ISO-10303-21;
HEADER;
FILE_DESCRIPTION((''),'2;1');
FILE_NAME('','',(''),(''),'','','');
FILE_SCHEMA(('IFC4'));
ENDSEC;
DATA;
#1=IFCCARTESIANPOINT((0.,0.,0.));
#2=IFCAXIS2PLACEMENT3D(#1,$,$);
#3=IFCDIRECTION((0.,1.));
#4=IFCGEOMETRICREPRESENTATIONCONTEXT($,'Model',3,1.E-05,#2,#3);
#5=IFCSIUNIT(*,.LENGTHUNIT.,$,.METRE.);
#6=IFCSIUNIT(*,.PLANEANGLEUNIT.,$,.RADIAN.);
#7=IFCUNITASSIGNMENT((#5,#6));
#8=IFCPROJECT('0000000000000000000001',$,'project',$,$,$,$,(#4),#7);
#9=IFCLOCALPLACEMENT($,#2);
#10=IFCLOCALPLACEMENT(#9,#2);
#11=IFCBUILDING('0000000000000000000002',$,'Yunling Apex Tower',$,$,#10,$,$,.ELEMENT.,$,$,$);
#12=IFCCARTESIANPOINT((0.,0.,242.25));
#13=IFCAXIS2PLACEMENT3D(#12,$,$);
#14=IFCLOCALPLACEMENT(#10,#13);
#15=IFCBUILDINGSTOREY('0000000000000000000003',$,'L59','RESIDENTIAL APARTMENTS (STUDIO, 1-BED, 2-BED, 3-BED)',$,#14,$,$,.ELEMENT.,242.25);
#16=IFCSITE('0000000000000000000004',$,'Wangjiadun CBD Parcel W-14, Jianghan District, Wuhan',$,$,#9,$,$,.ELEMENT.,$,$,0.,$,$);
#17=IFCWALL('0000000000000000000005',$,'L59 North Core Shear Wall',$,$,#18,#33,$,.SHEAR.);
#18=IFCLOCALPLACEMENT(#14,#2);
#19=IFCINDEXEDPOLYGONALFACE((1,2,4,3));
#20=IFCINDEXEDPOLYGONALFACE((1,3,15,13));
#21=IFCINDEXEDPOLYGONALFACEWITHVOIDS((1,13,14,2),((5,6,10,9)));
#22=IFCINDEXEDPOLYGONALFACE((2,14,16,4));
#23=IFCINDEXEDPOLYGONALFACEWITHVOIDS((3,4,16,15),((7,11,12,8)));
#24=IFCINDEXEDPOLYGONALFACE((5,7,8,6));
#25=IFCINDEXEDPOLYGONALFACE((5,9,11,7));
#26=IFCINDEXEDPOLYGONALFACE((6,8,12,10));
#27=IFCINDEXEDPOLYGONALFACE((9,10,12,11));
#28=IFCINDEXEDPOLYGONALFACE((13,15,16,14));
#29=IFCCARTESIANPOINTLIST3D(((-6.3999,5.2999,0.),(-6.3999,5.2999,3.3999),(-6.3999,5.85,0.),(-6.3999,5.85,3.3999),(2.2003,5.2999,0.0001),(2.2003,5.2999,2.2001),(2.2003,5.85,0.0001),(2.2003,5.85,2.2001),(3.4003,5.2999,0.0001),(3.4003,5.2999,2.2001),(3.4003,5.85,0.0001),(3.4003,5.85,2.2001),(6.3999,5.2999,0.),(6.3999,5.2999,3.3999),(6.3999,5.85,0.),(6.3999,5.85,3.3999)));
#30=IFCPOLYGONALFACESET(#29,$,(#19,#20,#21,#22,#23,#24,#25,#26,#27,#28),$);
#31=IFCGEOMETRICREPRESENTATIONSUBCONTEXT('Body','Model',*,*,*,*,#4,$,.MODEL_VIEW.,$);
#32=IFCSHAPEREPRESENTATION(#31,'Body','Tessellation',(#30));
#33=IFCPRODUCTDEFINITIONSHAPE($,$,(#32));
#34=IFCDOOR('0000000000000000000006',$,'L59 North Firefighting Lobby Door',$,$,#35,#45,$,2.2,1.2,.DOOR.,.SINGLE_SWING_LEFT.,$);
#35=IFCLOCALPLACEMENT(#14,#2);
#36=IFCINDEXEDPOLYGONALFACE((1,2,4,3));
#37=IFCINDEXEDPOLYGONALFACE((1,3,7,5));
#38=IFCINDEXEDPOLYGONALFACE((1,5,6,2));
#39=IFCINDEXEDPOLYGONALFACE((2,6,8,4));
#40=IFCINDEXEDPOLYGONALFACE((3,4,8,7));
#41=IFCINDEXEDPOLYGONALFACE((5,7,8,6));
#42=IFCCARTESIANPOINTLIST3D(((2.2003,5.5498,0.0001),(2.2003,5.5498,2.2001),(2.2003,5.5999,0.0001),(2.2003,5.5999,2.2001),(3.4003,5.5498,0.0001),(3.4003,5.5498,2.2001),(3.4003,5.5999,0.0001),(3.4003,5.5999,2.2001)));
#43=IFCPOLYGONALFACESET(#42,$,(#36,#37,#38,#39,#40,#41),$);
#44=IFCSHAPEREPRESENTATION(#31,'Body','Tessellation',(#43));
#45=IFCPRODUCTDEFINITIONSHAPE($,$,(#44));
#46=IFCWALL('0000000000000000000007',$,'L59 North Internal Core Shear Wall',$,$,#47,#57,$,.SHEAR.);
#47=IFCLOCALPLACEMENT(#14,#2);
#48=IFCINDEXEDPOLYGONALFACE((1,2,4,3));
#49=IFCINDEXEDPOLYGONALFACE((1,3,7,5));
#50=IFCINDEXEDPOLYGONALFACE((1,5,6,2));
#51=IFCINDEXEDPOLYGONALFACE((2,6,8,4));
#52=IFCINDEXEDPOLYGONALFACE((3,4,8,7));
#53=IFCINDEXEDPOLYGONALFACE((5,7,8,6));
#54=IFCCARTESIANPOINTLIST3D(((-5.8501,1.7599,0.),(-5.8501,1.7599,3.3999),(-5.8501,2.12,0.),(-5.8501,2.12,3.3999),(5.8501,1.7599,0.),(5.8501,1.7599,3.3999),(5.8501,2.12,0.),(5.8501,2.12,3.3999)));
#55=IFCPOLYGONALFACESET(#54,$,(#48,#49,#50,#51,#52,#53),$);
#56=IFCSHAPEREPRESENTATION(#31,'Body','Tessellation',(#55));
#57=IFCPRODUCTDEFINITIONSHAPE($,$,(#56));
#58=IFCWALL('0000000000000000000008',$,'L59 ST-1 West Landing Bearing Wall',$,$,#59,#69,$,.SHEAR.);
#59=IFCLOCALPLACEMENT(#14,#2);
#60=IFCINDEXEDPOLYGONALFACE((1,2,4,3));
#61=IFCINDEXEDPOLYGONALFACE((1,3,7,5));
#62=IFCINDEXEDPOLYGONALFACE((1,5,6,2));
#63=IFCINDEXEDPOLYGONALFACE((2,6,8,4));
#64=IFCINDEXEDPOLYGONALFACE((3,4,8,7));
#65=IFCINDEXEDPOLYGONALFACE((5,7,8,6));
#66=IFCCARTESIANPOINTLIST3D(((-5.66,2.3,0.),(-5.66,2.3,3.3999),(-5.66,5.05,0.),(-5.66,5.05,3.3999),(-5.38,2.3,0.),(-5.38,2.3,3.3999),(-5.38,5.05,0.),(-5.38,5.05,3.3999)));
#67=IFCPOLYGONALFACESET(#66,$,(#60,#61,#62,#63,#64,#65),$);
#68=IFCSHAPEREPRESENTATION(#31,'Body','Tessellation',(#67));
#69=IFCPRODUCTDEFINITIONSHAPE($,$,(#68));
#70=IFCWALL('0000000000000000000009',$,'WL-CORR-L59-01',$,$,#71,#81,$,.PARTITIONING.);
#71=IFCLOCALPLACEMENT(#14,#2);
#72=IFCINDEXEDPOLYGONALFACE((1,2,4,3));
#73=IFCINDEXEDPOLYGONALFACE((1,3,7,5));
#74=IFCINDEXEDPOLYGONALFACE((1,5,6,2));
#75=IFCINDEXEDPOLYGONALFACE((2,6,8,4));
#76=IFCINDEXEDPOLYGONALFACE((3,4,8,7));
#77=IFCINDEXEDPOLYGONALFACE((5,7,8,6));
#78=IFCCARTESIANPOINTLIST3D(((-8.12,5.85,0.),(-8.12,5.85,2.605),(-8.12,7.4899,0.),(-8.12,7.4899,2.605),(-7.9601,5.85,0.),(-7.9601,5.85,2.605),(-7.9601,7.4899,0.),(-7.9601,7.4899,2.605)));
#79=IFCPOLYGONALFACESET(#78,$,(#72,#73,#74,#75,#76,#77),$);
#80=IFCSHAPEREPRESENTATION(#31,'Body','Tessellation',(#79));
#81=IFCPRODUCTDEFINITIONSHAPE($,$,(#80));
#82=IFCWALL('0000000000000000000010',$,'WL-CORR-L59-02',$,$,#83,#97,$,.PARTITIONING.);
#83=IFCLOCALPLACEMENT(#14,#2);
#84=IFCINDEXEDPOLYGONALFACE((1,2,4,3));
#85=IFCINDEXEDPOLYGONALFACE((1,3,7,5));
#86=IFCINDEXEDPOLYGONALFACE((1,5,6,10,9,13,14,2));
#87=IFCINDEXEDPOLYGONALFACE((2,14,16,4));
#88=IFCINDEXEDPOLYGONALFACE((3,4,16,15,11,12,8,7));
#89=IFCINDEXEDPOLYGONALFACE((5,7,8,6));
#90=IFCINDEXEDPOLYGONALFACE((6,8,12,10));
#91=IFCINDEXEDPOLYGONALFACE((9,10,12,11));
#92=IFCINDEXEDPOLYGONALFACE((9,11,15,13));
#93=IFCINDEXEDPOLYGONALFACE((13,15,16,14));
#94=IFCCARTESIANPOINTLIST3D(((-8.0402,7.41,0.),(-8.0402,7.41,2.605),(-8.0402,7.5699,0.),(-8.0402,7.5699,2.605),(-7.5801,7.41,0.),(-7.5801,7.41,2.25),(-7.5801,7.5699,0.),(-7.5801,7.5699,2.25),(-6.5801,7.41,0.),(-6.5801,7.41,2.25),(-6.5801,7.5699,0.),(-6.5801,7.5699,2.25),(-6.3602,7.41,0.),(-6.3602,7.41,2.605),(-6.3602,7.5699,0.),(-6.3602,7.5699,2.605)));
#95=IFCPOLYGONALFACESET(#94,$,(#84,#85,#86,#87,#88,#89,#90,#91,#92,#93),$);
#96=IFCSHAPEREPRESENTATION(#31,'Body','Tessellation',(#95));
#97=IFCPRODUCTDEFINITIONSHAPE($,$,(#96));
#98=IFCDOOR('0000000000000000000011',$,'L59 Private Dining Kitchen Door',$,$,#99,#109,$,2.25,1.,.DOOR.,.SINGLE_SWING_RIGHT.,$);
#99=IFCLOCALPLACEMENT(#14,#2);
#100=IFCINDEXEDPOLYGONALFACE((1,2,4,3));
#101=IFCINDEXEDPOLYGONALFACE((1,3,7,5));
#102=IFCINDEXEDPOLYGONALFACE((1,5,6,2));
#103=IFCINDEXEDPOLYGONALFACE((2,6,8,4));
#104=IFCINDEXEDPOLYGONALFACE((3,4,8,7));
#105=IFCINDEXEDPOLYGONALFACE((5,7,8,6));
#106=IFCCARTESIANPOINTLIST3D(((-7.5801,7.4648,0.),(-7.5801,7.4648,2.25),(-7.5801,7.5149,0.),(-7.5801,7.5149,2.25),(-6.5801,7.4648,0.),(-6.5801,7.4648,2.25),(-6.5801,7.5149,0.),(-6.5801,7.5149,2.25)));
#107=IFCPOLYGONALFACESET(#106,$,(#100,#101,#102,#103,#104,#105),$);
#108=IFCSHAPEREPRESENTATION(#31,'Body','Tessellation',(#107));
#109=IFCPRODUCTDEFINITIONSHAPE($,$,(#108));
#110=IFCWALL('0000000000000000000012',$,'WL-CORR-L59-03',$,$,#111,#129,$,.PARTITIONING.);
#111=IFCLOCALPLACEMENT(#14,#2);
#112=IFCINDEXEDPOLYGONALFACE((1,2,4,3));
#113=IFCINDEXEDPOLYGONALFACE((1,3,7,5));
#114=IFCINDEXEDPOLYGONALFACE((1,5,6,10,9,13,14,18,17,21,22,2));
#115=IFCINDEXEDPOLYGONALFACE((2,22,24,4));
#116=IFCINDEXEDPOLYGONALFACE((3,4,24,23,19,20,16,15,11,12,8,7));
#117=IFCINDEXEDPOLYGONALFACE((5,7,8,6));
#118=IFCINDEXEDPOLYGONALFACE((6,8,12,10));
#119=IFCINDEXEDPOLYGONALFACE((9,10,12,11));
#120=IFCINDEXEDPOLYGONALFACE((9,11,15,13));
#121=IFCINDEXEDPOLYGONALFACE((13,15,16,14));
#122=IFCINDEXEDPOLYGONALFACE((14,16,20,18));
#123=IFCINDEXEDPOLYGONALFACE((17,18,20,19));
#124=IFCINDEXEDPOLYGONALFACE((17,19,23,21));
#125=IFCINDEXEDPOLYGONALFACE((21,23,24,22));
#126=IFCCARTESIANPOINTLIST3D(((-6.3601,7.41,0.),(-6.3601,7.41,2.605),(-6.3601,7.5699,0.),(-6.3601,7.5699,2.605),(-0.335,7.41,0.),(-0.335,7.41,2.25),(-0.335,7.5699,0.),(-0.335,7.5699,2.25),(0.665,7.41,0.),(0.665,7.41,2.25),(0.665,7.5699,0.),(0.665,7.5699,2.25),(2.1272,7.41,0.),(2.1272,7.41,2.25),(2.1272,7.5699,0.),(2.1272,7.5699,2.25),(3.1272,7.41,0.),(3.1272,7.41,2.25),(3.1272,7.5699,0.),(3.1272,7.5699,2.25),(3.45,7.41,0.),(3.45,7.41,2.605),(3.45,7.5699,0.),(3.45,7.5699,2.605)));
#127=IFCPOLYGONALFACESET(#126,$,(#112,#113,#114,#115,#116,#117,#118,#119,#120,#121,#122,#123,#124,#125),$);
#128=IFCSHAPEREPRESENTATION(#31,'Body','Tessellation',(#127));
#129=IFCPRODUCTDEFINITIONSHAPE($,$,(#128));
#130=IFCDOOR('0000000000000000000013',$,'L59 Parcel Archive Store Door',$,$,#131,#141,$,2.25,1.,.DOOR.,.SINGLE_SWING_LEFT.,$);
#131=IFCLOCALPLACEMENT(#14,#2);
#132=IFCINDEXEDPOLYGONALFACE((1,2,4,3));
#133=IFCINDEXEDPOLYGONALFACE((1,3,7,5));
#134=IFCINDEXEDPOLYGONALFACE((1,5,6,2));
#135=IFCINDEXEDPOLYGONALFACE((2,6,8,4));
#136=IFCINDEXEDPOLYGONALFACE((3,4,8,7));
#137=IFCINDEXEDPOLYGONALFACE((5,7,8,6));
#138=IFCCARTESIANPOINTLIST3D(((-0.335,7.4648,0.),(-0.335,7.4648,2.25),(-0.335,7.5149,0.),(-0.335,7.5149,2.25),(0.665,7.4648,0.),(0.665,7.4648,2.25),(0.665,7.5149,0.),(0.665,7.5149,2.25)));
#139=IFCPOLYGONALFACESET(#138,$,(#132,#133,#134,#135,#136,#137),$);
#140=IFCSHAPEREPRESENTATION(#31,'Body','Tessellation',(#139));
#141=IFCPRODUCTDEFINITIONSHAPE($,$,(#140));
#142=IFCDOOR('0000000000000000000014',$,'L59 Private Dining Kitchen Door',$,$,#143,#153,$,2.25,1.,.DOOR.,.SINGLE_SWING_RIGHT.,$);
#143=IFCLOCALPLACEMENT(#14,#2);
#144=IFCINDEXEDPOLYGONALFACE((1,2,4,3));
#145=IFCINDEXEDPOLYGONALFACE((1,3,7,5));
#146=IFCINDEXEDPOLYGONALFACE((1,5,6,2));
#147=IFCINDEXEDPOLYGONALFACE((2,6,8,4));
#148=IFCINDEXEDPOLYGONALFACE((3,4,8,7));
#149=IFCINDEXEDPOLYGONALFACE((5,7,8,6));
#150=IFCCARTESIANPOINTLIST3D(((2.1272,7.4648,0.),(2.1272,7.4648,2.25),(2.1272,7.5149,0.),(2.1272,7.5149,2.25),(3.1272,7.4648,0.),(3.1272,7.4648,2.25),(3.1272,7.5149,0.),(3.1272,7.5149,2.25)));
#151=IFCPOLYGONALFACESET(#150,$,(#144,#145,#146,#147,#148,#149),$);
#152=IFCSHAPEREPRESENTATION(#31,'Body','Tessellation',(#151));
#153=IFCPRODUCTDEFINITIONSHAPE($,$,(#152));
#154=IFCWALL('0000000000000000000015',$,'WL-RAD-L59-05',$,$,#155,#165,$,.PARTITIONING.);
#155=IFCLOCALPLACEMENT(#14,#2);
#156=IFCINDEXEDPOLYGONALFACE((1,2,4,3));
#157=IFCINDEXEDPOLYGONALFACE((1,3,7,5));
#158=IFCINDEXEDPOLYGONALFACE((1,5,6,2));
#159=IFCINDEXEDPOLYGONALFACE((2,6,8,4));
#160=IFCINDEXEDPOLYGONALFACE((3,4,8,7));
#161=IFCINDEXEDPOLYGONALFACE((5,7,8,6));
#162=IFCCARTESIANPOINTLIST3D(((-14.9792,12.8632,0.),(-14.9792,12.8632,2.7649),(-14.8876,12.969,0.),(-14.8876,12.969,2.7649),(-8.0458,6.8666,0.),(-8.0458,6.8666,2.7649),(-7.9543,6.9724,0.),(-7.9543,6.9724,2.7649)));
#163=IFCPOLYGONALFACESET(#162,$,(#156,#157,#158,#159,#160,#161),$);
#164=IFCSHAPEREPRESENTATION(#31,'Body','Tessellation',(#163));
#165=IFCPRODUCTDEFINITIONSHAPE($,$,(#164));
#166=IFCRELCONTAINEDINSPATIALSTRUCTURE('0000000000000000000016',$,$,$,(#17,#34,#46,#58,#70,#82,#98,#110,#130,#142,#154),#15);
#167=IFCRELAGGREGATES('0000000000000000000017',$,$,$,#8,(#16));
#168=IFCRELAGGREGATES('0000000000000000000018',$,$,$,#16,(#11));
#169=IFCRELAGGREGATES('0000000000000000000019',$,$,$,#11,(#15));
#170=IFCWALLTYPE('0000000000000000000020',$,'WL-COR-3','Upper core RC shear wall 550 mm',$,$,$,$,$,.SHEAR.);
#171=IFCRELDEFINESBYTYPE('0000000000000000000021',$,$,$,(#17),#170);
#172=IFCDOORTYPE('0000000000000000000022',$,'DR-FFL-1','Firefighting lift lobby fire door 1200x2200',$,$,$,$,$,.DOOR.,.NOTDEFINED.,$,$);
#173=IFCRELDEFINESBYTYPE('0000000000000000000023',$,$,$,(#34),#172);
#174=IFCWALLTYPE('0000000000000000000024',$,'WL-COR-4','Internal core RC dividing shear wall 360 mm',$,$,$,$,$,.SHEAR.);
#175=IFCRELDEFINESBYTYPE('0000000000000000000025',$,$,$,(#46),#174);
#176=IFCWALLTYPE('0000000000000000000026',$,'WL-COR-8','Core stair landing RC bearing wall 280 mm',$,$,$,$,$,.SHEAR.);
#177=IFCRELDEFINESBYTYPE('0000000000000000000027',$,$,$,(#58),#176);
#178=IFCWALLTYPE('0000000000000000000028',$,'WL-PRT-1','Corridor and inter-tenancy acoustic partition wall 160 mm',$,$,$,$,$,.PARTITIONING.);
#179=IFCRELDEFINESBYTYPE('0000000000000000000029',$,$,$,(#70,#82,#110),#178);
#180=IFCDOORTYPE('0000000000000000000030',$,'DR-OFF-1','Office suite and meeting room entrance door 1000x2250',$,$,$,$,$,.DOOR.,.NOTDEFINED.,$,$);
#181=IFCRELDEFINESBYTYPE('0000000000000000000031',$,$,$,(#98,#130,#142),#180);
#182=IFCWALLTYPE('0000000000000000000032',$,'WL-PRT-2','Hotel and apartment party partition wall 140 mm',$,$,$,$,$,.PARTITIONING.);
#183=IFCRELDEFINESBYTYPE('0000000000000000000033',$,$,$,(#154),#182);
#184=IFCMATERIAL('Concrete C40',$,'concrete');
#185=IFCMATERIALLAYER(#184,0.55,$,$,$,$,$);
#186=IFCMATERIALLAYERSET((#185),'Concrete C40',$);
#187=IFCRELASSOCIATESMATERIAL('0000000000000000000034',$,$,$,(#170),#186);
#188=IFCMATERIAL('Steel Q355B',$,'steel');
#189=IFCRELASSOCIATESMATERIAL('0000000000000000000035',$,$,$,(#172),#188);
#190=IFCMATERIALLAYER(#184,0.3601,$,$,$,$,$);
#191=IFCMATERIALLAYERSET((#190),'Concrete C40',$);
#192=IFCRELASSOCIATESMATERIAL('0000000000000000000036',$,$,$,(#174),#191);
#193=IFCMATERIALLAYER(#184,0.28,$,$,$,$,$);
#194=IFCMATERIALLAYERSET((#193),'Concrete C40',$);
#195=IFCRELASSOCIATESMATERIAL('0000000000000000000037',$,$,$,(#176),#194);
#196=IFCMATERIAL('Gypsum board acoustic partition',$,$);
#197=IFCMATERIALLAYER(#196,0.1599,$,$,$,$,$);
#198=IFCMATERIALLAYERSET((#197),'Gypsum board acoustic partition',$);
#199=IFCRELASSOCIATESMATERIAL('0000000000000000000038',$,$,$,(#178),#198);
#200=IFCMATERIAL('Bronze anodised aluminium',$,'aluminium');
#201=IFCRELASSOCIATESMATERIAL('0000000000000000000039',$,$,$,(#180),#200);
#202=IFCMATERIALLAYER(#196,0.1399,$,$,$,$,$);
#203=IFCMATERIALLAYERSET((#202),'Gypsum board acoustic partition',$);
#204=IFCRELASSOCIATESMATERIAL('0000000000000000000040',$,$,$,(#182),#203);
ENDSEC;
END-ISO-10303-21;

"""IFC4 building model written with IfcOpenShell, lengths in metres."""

from ifc_helpers import new_model, si_unit, direction, frame, frame_2d, origin, place, context, subcontext, project, spatial, rectangle, extrude, material, layer, layer_set, type_object, element, fill, save


model = new_model("IFC4")

# Units and contexts
model_context = context("Model", 3, precision=1e-05, world=origin(), true_north=direction((0.0, 1.0)))
body_context = subcontext(model_context, "Body", "Model", "MODEL_VIEW")
ifc_project = project(units=[si_unit("LENGTHUNIT", "METRE"), si_unit("PLANEANGLEUNIT", "RADIAN")], contexts=[model_context])

# Site, building, storey
site_placement = place(None, origin())
site = spatial("IfcSite", under=ifc_project, at=site_placement, Name="Wangjiadun CBD Parcel W-14, Jianghan District, Wuhan", CompositionType="ELEMENT", RefElevation=0.0)
building_placement = place(site_placement, origin())
building = spatial("IfcBuilding", under=site, at=building_placement, Name="Yunling Apex Tower", CompositionType="ELEMENT")
storey_placement = place(building_placement, frame((0.0, 0.0, 242.25)))
storey = spatial("IfcBuildingStorey", under=building, at=storey_placement, Name="L59", Description="RESIDENTIAL APARTMENTS (STUDIO, 1-BED, 2-BED, 3-BED)", CompositionType="ELEMENT", Elevation=242.25)

# Shared definitions
ifc_material_1 = material(Name="Steel Q355B", Category="steel")

# Shared definitions
ifc_material_2 = material(Name="Bronze anodised aluminium", Category="aluminium")

# Wall, opening, door
ifc_material_3 = material(Name="Concrete C40", Category="concrete")
ifc_layer_1 = layer(ifc_material_3, 0.55)
ifc_layer_set_1 = layer_set([ifc_layer_1], Name="Concrete C40")
wall_type_1 = type_object("IfcWallType", Name="WL-COR-3", Description="Upper core RC shear wall 550 mm", PredefinedType="SHEAR", material=ifc_layer_set_1)
wall_1_placement = place(storey_placement, frame((-6.3999, 5.575, 0.0), z_axis=(0.0, 0.0, 1.0), x_axis=(1.0, 0.0, 0.0)))
wall_1 = element("IfcWall", 1, at=wall_1_placement, inside=storey, type_object=wall_type_1, Name="L59 North Core Shear Wall", PredefinedType="SHEAR", context=body_context, shape_type="SweptSolid", body=[
    extrude(rectangle(XDim=12.7998, YDim=0.55, at=frame_2d((6.3999, 0.0))), origin(), (0.0, 0.0, 1.0), 3.3999),
])
opening_1_placement = place(wall_1_placement, frame((8.6001, 0.0, 0.0)))
opening_1 = element("IfcOpeningElement", 2, at=opening_1_placement, cuts=wall_1, PredefinedType="OPENING", context=body_context, shape_type="SweptSolid", body=[
    extrude(rectangle(XDim=1.2, YDim=2.2, at=frame_2d((0.6001, 1.1001))), frame((0.0, 0.2852, 0.0), z_axis=(0.0, -1.0, 0.0), x_axis=(1.0, 0.0, 0.0)), (0.0, 0.0, 1.0), 0.5701),
])
door_type_1 = type_object("IfcDoorType", Name="DR-FFL-1", Description="Firefighting lift lobby fire door 1200x2200", OperationType="NOTDEFINED", PredefinedType="DOOR", material=ifc_material_1)
door_1_placement = place(opening_1_placement, origin())
door_1 = element("IfcDoor", 3, at=door_1_placement, inside=storey, type_object=door_type_1, Name="L59 North Firefighting Lobby Door", OperationType="SINGLE_SWING_LEFT", OverallHeight=2.2, OverallWidth=1.2, PredefinedType="DOOR", context=body_context, shape_type="SweptSolid", body=[
    extrude(rectangle(XDim=1.2, YDim=2.2, at=frame_2d((0.6001, 1.1001))), frame((0.0, 0.0249, 0.0), z_axis=(0.0, -1.0, 0.0), x_axis=(1.0, 0.0, 0.0)), (0.0, 0.0, 1.0), 0.05),
])
fill(opening_1, door_1)

# Walls
ifc_layer_2 = layer(ifc_material_3, 0.3601)
ifc_layer_set_2 = layer_set([ifc_layer_2], Name="Concrete C40")
wall_type_2 = type_object("IfcWallType", Name="WL-COR-4", Description="Internal core RC dividing shear wall 360 mm", PredefinedType="SHEAR", material=ifc_layer_set_2)
wall_2_placement = place(storey_placement, frame((-5.8501, 1.9399, 0.0), z_axis=(0.0, 0.0, 1.0), x_axis=(1.0, 0.0, 0.0)))
element("IfcWall", 4, at=wall_2_placement, inside=storey, type_object=wall_type_2, Name="L59 North Internal Core Shear Wall", PredefinedType="SHEAR", context=body_context, shape_type="SweptSolid", body=[
    extrude(rectangle(XDim=11.7002, YDim=0.3601, at=frame_2d((5.8501, 0.0))), origin(), (0.0, 0.0, 1.0), 3.3999),
])
ifc_layer_3 = layer(ifc_material_3, 0.28)
ifc_layer_set_3 = layer_set([ifc_layer_3], Name="Concrete C40")
wall_type_3 = type_object("IfcWallType", Name="WL-COR-8", Description="Core stair landing RC bearing wall 280 mm", PredefinedType="SHEAR", material=ifc_layer_set_3)
wall_3_placement = place(storey_placement, frame((-5.52, 2.3, 0.0), z_axis=(0.0, 0.0, 1.0), x_axis=(0.0, 1.0, 0.0)))
element("IfcWall", 5, at=wall_3_placement, inside=storey, type_object=wall_type_3, Name="L59 ST-1 West Landing Bearing Wall", PredefinedType="SHEAR", context=body_context, shape_type="SweptSolid", body=[
    extrude(rectangle(XDim=2.75, YDim=0.28, at=frame_2d((1.375, 0.0))), origin(), (0.0, 0.0, 1.0), 3.3999),
])
ifc_material_4 = material(Name="Gypsum board acoustic partition")
ifc_layer_4 = layer(ifc_material_4, 0.1599)
ifc_layer_set_4 = layer_set([ifc_layer_4], Name="Gypsum board acoustic partition")
wall_type_4 = type_object("IfcWallType", Name="WL-PRT-1", Description="Corridor and inter-tenancy acoustic partition wall 160 mm", PredefinedType="PARTITIONING", material=ifc_layer_set_4)
wall_4_placement = place(storey_placement, frame((-8.04, 5.8501, 0.0), z_axis=(0.0, 0.0, 1.0), x_axis=(0.0, 1.0, 0.0)))
element("IfcWall", 6, at=wall_4_placement, inside=storey, type_object=wall_type_4, Name="WL-CORR-L59-01", PredefinedType="PARTITIONING", context=body_context, shape_type="SweptSolid", body=[
    extrude(rectangle(XDim=1.6399, YDim=0.1599, at=frame_2d((0.8198, 0.0))), origin(), (0.0, 0.0, 1.0), 2.605),
])

# Wall, opening, door
wall_5_placement = place(storey_placement, frame((-8.04, 7.49, 0.0), z_axis=(0.0, 0.0, 1.0), x_axis=(1.0, 0.0, 0.0)))
wall_5 = element("IfcWall", 7, at=wall_5_placement, inside=storey, type_object=wall_type_4, Name="WL-CORR-L59-02", PredefinedType="PARTITIONING", context=body_context, shape_type="SweptSolid", body=[
    extrude(rectangle(XDim=1.6799, YDim=0.1599, at=frame_2d((0.8398, 0.0))), origin(), (0.0, 0.0, 1.0), 2.605),
])
opening_2_placement = place(wall_5_placement, frame((0.46, 0.0, 0.0)))
opening_2 = element("IfcOpeningElement", 8, at=opening_2_placement, cuts=wall_5, PredefinedType="OPENING", context=body_context, shape_type="SweptSolid", body=[
    extrude(rectangle(XDim=1.0, YDim=2.25, at=frame_2d((0.5, 1.125))), frame((0.0, 0.0898, 0.0), z_axis=(0.0, -1.0, 0.0), x_axis=(1.0, 0.0, 0.0)), (0.0, 0.0, 1.0), 0.1799),
])
door_type_2 = type_object("IfcDoorType", Name="DR-OFF-1", Description="Office suite and meeting room entrance door 1000x2250", OperationType="NOTDEFINED", PredefinedType="DOOR", material=ifc_material_2)
door_2_placement = place(opening_2_placement, origin())
door_2 = element("IfcDoor", 9, at=door_2_placement, inside=storey, type_object=door_type_2, Name="L59 Private Dining Kitchen Door", OperationType="SINGLE_SWING_RIGHT", OverallHeight=2.25, OverallWidth=1.0, PredefinedType="DOOR", context=body_context, shape_type="SweptSolid", body=[
    extrude(rectangle(XDim=1.0, YDim=2.25, at=frame_2d((0.5, 1.125))), frame((0.0, 0.0249, 0.0), z_axis=(0.0, -1.0, 0.0), x_axis=(1.0, 0.0, 0.0)), (0.0, 0.0, 1.0), 0.05),
])
fill(opening_2, door_2)

# Wall, openings, doors
wall_6_placement = place(storey_placement, frame((-6.3601, 7.49, 0.0), z_axis=(0.0, 0.0, 1.0), x_axis=(1.0, 0.0, 0.0)))
wall_6 = element("IfcWall", 10, at=wall_6_placement, inside=storey, type_object=wall_type_4, Name="WL-CORR-L59-03", PredefinedType="PARTITIONING", context=body_context, shape_type="SweptSolid", body=[
    extrude(rectangle(XDim=9.8101, YDim=0.1599, at=frame_2d((4.905, 0.0))), origin(), (0.0, 0.0, 1.0), 2.605),
])
opening_3_placement = place(wall_6_placement, frame((6.0251, 0.0, 0.0)))
opening_3 = element("IfcOpeningElement", 11, at=opening_3_placement, cuts=wall_6, PredefinedType="OPENING", context=body_context, shape_type="SweptSolid", body=[
    extrude(rectangle(XDim=1.0, YDim=2.25, at=frame_2d((0.5, 1.125))), frame((0.0, 0.0898, 0.0), z_axis=(0.0, -1.0, 0.0), x_axis=(1.0, 0.0, 0.0)), (0.0, 0.0, 1.0), 0.1799),
])
opening_4_placement = place(wall_6_placement, frame((8.4873, 0.0, 0.0)))
opening_4 = element("IfcOpeningElement", 12, at=opening_4_placement, cuts=wall_6, PredefinedType="OPENING", context=body_context, shape_type="SweptSolid", body=[
    extrude(rectangle(XDim=1.0, YDim=2.25, at=frame_2d((0.5, 1.125))), frame((0.0, 0.0898, 0.0), z_axis=(0.0, -1.0, 0.0), x_axis=(1.0, 0.0, 0.0)), (0.0, 0.0, 1.0), 0.1799),
])
door_3_placement = place(opening_3_placement, origin())
door_3 = element("IfcDoor", 13, at=door_3_placement, inside=storey, type_object=door_type_2, Name="L59 Parcel Archive Store Door", OperationType="SINGLE_SWING_LEFT", OverallHeight=2.25, OverallWidth=1.0, PredefinedType="DOOR", context=body_context, shape_type="SweptSolid", body=[
    extrude(rectangle(XDim=1.0, YDim=2.25, at=frame_2d((0.5, 1.125))), frame((0.0, 0.0249, 0.0), z_axis=(0.0, -1.0, 0.0), x_axis=(1.0, 0.0, 0.0)), (0.0, 0.0, 1.0), 0.05),
])
fill(opening_3, door_3)
door_4_placement = place(opening_4_placement, origin())
door_4 = element("IfcDoor", 14, at=door_4_placement, inside=storey, type_object=door_type_2, Name="L59 Private Dining Kitchen Door", OperationType="SINGLE_SWING_RIGHT", OverallHeight=2.25, OverallWidth=1.0, PredefinedType="DOOR", context=body_context, shape_type="SweptSolid", body=[
    extrude(rectangle(XDim=1.0, YDim=2.25, at=frame_2d((0.5, 1.125))), frame((0.0, 0.0249, 0.0), z_axis=(0.0, -1.0, 0.0), x_axis=(1.0, 0.0, 0.0)), (0.0, 0.0, 1.0), 0.05),
])
fill(opening_4, door_4)

# Wall
ifc_layer_5 = layer(ifc_material_4, 0.1399)
ifc_layer_set_5 = layer_set([ifc_layer_5], Name="Gypsum board acoustic partition")
wall_type_5 = type_object("IfcWallType", Name="WL-PRT-2", Description="Hotel and apartment party partition wall 140 mm", PredefinedType="PARTITIONING", material=ifc_layer_set_5)
wall_7_placement = place(storey_placement, frame((-8.0, 6.9194, 0.0), z_axis=(0.0, 0.0, 1.0), x_axis=(-0.756354, 0.654163, 0.0)))
element("IfcWall", 15, at=wall_7_placement, inside=storey, type_object=wall_type_5, Name="WL-RAD-L59-05", PredefinedType="PARTITIONING", context=body_context, shape_type="SweptSolid", body=[
    extrude(rectangle(XDim=9.1667, YDim=0.1399, at=frame_2d((4.5835, 0.0))), origin(), (0.0, 0.0, 1.0), 2.7649),
])

save(model, "model.ifc")
